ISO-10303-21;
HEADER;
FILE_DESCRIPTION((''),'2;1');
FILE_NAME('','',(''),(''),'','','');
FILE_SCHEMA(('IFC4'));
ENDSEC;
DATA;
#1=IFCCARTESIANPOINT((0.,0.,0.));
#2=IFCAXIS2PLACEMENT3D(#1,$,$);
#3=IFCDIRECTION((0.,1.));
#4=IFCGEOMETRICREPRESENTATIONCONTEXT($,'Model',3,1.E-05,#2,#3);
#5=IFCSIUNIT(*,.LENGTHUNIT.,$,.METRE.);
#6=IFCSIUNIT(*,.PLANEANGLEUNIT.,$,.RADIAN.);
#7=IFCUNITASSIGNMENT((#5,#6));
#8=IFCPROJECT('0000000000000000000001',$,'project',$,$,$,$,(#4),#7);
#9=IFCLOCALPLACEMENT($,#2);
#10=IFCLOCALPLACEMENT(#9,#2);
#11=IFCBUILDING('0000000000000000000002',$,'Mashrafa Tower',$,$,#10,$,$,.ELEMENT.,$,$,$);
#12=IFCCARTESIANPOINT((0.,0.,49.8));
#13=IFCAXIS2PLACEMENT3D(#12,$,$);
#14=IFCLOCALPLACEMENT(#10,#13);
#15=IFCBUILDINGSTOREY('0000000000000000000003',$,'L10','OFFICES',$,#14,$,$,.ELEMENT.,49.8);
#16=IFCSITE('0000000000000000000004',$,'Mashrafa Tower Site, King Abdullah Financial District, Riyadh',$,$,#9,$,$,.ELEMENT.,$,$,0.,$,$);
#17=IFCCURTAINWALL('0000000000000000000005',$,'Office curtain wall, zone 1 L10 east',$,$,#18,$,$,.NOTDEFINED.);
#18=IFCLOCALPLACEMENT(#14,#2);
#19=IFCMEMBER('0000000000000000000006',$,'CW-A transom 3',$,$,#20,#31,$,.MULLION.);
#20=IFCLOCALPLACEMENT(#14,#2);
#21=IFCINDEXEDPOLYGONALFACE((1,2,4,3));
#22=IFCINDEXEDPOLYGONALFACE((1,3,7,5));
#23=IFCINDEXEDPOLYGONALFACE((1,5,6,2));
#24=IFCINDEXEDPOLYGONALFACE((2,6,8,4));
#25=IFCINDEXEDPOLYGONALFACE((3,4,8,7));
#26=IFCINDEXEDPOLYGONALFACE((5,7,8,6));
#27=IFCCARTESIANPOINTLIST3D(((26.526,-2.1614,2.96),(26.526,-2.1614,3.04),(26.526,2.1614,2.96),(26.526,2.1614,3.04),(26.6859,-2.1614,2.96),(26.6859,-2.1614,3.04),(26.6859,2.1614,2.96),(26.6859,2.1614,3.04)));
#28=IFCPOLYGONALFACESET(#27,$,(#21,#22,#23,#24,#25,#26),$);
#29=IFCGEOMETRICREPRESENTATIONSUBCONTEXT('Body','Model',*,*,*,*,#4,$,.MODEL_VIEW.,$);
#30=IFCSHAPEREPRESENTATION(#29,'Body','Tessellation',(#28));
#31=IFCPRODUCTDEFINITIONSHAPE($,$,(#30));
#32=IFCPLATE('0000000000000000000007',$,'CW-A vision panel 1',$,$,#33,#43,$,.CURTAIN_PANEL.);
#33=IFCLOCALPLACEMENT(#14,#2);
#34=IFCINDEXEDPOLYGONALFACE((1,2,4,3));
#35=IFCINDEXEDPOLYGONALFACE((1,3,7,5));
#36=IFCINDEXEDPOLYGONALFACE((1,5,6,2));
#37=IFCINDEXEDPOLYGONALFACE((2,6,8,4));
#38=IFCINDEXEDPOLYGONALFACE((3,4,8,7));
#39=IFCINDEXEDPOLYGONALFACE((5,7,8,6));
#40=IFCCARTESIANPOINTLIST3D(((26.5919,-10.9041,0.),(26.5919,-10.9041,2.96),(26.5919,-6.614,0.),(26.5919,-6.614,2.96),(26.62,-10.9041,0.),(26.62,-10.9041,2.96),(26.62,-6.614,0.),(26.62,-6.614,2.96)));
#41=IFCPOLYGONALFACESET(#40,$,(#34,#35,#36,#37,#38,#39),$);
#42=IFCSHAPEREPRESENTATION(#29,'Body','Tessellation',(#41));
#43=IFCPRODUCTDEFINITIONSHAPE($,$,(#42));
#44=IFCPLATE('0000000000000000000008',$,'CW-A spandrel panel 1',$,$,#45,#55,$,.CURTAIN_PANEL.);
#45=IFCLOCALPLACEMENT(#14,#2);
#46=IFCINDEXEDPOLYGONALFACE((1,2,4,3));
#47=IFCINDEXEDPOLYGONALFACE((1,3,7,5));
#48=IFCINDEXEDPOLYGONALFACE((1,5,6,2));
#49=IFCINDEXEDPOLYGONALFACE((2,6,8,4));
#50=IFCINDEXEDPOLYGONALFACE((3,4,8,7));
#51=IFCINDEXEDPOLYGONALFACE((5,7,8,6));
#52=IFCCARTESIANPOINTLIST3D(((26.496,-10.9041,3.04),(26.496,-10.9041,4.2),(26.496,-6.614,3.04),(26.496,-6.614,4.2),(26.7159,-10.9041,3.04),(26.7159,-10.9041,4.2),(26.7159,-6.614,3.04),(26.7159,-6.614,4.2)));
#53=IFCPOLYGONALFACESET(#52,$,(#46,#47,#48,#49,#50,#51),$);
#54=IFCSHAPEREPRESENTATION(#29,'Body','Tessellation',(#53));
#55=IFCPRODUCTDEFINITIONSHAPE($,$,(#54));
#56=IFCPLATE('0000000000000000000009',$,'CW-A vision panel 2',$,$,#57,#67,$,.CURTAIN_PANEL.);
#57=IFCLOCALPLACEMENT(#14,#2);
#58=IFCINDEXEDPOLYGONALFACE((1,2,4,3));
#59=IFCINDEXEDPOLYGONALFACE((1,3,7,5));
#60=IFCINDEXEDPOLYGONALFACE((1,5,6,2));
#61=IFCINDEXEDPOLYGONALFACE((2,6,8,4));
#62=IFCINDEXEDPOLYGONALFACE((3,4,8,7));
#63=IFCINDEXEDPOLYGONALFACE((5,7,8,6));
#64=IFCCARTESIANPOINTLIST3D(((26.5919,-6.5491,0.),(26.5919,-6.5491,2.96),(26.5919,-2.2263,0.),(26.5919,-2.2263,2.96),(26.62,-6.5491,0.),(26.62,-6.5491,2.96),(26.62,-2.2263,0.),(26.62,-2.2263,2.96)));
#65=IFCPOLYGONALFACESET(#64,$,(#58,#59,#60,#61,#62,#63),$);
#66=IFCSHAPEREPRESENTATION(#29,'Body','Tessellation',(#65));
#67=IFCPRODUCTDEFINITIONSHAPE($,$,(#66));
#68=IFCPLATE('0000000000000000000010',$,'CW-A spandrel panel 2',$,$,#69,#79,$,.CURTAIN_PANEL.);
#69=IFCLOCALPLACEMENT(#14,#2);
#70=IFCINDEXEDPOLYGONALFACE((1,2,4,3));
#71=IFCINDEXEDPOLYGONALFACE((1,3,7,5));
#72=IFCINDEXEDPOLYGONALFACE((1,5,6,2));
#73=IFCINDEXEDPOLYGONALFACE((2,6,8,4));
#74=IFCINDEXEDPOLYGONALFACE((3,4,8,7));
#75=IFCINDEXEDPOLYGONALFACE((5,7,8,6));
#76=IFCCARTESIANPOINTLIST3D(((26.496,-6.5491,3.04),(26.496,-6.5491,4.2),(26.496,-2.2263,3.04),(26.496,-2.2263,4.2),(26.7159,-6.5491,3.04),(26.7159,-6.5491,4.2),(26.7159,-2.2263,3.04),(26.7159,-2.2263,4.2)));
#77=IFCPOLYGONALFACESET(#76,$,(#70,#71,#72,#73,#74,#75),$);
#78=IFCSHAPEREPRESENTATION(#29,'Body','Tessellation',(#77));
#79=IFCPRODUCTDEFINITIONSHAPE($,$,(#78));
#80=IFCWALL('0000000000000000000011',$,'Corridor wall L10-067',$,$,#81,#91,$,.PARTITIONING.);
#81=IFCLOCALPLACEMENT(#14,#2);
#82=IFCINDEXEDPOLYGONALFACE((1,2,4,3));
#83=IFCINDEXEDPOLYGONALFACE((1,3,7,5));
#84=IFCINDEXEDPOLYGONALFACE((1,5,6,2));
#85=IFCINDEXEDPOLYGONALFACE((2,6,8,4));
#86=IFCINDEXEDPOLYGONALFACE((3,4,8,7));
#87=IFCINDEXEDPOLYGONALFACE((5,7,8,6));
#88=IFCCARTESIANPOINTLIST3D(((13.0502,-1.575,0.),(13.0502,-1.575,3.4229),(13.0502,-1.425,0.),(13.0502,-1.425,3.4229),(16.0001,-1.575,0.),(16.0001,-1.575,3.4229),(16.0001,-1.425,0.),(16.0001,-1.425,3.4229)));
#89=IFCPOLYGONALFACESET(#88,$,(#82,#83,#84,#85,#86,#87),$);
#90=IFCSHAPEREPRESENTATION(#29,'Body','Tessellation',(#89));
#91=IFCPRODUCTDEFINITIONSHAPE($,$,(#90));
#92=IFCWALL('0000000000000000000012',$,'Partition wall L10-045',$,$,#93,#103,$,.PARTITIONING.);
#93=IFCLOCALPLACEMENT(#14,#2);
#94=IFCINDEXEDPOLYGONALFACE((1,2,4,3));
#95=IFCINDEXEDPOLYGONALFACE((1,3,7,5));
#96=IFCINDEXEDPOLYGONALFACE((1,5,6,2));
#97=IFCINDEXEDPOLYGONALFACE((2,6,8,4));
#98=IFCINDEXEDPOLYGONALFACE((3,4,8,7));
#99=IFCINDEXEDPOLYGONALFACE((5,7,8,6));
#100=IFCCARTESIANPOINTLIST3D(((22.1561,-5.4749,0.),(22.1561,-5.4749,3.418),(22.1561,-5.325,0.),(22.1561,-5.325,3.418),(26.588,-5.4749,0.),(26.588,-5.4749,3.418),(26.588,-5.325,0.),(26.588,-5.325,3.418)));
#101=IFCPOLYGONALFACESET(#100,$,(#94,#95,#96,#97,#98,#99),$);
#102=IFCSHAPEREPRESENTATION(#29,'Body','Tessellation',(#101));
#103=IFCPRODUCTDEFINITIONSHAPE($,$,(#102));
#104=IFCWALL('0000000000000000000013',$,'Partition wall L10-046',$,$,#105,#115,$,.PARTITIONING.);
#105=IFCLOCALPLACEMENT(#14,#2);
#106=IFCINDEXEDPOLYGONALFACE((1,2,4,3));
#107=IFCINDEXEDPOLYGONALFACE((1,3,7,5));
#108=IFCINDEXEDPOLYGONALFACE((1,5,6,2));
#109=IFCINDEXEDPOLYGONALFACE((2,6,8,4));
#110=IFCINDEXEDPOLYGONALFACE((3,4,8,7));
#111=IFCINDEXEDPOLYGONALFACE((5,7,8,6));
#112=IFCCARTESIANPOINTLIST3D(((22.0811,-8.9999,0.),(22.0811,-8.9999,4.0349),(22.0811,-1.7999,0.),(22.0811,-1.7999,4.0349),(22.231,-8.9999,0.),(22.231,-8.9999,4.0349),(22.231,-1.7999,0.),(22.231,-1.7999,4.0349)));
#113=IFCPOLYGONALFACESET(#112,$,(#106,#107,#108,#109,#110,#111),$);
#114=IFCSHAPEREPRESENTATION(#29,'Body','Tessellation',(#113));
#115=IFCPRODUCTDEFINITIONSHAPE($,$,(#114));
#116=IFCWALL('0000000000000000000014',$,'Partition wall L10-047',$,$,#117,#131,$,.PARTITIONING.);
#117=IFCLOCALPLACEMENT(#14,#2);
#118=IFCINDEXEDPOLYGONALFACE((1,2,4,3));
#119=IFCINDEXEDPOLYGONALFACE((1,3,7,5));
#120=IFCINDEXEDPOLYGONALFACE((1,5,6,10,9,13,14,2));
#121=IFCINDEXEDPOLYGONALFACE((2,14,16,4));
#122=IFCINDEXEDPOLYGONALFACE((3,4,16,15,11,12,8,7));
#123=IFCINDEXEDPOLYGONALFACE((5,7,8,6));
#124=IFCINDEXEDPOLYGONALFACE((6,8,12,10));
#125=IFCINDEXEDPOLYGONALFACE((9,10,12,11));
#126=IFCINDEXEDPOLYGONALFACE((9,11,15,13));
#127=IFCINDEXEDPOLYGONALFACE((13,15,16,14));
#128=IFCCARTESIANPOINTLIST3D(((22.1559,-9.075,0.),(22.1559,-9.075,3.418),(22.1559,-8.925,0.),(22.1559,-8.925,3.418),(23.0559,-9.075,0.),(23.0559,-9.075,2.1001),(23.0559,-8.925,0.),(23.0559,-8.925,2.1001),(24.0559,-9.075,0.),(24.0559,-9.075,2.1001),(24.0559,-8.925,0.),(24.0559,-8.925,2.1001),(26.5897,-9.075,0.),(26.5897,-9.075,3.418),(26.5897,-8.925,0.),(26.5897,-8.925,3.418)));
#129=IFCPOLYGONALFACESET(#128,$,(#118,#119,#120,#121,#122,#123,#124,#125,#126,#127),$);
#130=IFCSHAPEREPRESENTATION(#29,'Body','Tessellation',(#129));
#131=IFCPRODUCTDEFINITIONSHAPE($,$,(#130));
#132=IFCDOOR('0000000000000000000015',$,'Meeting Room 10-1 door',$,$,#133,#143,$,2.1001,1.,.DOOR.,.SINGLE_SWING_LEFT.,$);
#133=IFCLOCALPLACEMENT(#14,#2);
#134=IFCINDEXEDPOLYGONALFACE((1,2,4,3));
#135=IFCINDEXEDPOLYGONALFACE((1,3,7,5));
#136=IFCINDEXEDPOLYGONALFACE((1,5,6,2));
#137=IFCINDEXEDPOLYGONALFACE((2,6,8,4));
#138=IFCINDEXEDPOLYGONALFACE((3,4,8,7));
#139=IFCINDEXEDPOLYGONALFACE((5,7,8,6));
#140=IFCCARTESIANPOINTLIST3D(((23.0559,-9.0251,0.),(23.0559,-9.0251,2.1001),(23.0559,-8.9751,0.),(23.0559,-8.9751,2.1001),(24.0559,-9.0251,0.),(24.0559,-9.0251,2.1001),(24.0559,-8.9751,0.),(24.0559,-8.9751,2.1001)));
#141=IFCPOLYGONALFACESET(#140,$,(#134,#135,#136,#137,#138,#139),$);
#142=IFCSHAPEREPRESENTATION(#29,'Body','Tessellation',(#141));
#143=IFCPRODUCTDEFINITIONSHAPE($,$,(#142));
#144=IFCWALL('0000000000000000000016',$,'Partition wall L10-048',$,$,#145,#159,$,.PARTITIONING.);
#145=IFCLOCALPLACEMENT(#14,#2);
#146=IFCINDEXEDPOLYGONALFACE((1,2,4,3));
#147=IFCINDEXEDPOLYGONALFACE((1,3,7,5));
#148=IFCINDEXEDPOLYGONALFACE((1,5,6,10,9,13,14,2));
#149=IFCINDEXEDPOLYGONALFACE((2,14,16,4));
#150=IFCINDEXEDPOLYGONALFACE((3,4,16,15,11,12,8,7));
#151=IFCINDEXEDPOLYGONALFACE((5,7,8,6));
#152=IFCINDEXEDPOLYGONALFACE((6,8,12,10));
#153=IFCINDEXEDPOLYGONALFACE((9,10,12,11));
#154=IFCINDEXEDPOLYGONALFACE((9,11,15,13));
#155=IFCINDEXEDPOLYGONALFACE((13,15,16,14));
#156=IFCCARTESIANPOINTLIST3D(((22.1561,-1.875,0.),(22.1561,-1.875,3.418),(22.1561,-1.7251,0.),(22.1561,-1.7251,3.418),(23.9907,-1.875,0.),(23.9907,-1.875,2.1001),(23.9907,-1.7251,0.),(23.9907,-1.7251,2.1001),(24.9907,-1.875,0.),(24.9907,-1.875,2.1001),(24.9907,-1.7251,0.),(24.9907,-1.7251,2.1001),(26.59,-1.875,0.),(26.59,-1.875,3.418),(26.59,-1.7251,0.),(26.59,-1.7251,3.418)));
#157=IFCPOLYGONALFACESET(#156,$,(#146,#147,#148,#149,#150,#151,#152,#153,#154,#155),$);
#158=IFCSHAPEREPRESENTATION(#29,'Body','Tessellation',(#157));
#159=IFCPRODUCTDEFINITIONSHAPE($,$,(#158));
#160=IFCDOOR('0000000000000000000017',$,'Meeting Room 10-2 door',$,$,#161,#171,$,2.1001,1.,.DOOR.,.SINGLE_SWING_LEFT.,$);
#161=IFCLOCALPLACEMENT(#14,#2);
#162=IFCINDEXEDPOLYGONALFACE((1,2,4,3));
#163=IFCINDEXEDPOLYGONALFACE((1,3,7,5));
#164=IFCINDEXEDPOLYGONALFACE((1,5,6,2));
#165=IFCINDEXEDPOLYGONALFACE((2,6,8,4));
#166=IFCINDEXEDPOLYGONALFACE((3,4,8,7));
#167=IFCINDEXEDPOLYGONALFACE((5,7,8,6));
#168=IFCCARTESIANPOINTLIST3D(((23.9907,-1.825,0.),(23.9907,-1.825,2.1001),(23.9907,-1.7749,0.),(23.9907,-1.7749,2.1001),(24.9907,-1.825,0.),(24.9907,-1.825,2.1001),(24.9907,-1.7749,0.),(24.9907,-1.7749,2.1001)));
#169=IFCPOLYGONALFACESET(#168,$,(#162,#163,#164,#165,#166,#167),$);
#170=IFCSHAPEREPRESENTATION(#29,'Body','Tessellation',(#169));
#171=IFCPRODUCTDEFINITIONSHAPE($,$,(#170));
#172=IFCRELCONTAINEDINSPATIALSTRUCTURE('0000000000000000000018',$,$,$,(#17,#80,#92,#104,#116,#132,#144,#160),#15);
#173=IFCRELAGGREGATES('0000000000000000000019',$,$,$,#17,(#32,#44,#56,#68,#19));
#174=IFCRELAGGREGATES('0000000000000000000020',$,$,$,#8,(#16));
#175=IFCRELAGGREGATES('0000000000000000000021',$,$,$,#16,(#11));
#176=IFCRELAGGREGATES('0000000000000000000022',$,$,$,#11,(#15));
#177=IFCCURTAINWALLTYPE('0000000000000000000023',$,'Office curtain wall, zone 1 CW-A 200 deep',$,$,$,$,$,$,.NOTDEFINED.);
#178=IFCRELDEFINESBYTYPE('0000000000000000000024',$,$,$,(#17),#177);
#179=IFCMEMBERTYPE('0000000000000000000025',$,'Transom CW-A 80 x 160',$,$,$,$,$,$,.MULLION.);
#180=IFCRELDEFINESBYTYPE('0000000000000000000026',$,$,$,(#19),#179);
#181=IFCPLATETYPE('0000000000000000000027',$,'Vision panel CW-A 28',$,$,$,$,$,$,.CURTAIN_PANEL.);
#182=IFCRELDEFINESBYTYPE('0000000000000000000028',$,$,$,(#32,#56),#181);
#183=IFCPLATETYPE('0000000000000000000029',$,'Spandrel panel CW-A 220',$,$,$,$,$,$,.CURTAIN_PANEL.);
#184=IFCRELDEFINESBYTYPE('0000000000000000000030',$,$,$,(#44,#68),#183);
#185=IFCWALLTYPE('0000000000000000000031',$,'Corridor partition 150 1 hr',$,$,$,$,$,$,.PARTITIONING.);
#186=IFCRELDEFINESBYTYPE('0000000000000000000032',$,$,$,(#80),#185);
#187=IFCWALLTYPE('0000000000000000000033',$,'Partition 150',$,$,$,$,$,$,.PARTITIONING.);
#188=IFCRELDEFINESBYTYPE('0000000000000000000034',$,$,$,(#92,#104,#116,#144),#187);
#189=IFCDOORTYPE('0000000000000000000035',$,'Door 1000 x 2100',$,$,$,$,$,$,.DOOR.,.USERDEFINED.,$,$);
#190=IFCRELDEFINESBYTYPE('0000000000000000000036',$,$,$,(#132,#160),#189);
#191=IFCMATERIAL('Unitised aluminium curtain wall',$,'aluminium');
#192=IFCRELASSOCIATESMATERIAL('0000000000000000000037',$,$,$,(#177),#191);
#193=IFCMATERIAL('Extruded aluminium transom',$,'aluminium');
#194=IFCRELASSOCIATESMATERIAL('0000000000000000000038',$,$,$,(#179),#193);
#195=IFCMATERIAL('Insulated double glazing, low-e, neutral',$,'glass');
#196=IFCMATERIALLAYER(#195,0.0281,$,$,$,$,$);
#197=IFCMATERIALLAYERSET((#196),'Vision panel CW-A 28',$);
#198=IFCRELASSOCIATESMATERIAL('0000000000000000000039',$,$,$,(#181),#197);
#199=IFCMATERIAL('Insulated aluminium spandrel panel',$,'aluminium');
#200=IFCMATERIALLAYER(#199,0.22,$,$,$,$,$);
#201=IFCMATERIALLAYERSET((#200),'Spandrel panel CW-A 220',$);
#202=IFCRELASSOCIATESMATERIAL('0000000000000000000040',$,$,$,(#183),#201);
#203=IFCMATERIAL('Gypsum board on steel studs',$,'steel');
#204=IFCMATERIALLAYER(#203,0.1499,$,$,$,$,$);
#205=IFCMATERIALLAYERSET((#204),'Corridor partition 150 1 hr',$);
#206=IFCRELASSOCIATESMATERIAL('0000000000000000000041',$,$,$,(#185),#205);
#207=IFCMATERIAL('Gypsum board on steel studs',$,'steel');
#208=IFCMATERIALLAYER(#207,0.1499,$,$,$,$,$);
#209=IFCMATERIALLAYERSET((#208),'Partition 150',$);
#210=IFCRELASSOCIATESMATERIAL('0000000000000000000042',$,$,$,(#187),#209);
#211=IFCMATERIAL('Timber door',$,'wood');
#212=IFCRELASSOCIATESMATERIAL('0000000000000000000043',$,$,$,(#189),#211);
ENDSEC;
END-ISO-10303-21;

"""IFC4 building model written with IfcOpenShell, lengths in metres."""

from ifc_helpers import new_model, si_unit, direction, frame, frame_2d, origin, origin_2d, place, context, subcontext, project, spatial, rectangle, extrude, source, transform, mapped, material, layer, layer_set, material_profile, profile_set, type_object, type_shapes, element, fill, aggregate, save


model = new_model("IFC4")

# Units and contexts
model_context = context("Model", 3, precision=1e-05, world=origin(), true_north=direction((0.0, 1.0)))
body_context = subcontext(model_context, "Body", "Model", "MODEL_VIEW")
ifc_project = project(units=[si_unit("LENGTHUNIT", "METRE"), si_unit("PLANEANGLEUNIT", "RADIAN")], contexts=[model_context])

# Site, building, storey
site_placement = place(None, origin())
site = spatial("IfcSite", under=ifc_project, at=site_placement, Name="Mashrafa Tower Site, King Abdullah Financial District, Riyadh", CompositionType="ELEMENT", RefElevation=0.0)
building_placement = place(site_placement, origin())
building = spatial("IfcBuilding", under=site, at=building_placement, Name="Mashrafa Tower", CompositionType="ELEMENT")
storey_placement = place(building_placement, frame((0.0, 0.0, 49.8)))
storey = spatial("IfcBuildingStorey", under=building, at=storey_placement, Name="L10", Description="OFFICES", CompositionType="ELEMENT", Elevation=49.8)

# Curtain wall
ifc_material_1 = material(Name="Unitised aluminium curtain wall", Category="aluminium")
curtain_wall_type = type_object("IfcCurtainWallType", Name="Office curtain wall, zone 1 CW-A 200 deep", PredefinedType="NOTDEFINED", material=ifc_material_1)
curtain_wall_1_placement = place(storey_placement, origin())
curtain_wall_1 = element("IfcCurtainWall", 1, at=curtain_wall_1_placement, inside=storey, type_object=curtain_wall_type, Name="Office curtain wall, zone 1 L10 east", PredefinedType="NOTDEFINED")

# Member
ifc_material_2 = material(Name="Extruded aluminium transom", Category="aluminium")
ifc_material_profile_1 = material_profile(ifc_material_2, rectangle(XDim=0.1599, YDim=0.0801, at=origin_2d()), Name="Transom 80x160")
ifc_profile_set_1 = profile_set([ifc_material_profile_1], Name="Extruded aluminium transom")
member_type_1 = type_object("IfcMemberType", Name="Transom CW-A 80 x 160", PredefinedType="MULLION", material=ifc_profile_set_1)
shared_shape_1 = source(origin(), body_context, "Body", "SweptSolid", [
    extrude(rectangle(XDim=0.1599, YDim=0.0801, at=origin_2d()), origin(), (0.0, 0.0, 1.0), 4.3228),
])
member_1_placement = place(storey_placement, frame((26.606, -2.1614, 3.0), z_axis=(0.0, 1.0, 0.0), x_axis=(-1.0, 0.0, 0.0)))
member_1 = element("IfcMember", 2, at=member_1_placement, type_object=member_type_1, Name="CW-A transom 3", PredefinedType="MULLION", context=body_context, shape_type="MappedRepresentation", body=[
    mapped(shared_shape_1, transform((0.0, 0.0, 0.0))),
])

# Plates
ifc_material_3 = material(Name="Insulated double glazing, low-e, neutral", Category="glass")
ifc_layer_1 = layer(ifc_material_3, 0.0281)
ifc_layer_set_1 = layer_set([ifc_layer_1], Name="Vision panel CW-A 28")
plate_type_1 = type_object("IfcPlateType", Name="Vision panel CW-A 28", PredefinedType="CURTAIN_PANEL", material=ifc_layer_set_1)
shared_shape_2 = source(origin(), body_context, "Body", "SweptSolid", [
    extrude(rectangle(XDim=4.29, YDim=0.0281, at=origin_2d()), origin(), (0.0, 0.0, 1.0), 2.96),
])
plate_1_placement = place(storey_placement, frame((26.606, -8.759, 0.0), z_axis=(0.0, 0.0, 1.0), x_axis=(0.0, 1.0, 0.0)))
plate_1 = element("IfcPlate", 3, at=plate_1_placement, type_object=plate_type_1, Name="CW-A vision panel 1", PredefinedType="CURTAIN_PANEL", context=body_context, shape_type="MappedRepresentation", body=[
    mapped(shared_shape_2, transform((0.0, 0.0, 0.0))),
])
ifc_material_4 = material(Name="Insulated aluminium spandrel panel", Category="aluminium")
ifc_layer_2 = layer(ifc_material_4, 0.22)
ifc_layer_set_2 = layer_set([ifc_layer_2], Name="Spandrel panel CW-A 220")
plate_type_2 = type_object("IfcPlateType", Name="Spandrel panel CW-A 220", PredefinedType="CURTAIN_PANEL", material=ifc_layer_set_2)
shared_shape_3 = source(origin(), body_context, "Body", "SweptSolid", [
    extrude(rectangle(XDim=4.29, YDim=0.22, at=origin_2d()), origin(), (0.0, 0.0, 1.0), 1.1599),
])
plate_2_placement = place(storey_placement, frame((26.606, -8.759, 3.04), z_axis=(0.0, 0.0, 1.0), x_axis=(0.0, 1.0, 0.0)))
plate_2 = element("IfcPlate", 4, at=plate_2_placement, type_object=plate_type_2, Name="CW-A spandrel panel 1", PredefinedType="CURTAIN_PANEL", context=body_context, shape_type="MappedRepresentation", body=[
    mapped(shared_shape_3, transform((0.0, 0.0, 0.0))),
])
shared_shape_4 = source(origin(), body_context, "Body", "SweptSolid", [
    extrude(rectangle(XDim=4.3228, YDim=0.0281, at=origin_2d()), origin(), (0.0, 0.0, 1.0), 2.96),
])
type_shapes(plate_type_1, [shared_shape_2, shared_shape_4])
plate_3_placement = place(storey_placement, frame((26.606, -4.3877, 0.0), z_axis=(0.0, 0.0, 1.0), x_axis=(0.0, 1.0, 0.0)))
plate_3 = element("IfcPlate", 5, at=plate_3_placement, type_object=plate_type_1, Name="CW-A vision panel 2", PredefinedType="CURTAIN_PANEL", context=body_context, shape_type="MappedRepresentation", body=[
    mapped(shared_shape_4, transform((0.0, 0.0, 0.0))),
])
shared_shape_5 = source(origin(), body_context, "Body", "SweptSolid", [
    extrude(rectangle(XDim=4.3228, YDim=0.22, at=origin_2d()), origin(), (0.0, 0.0, 1.0), 1.1599),
])
type_shapes(plate_type_2, [shared_shape_3, shared_shape_5])
plate_4_placement = place(storey_placement, frame((26.606, -4.3877, 3.04), z_axis=(0.0, 0.0, 1.0), x_axis=(0.0, 1.0, 0.0)))
plate_4 = element("IfcPlate", 6, at=plate_4_placement, type_object=plate_type_2, Name="CW-A spandrel panel 2", PredefinedType="CURTAIN_PANEL", context=body_context, shape_type="MappedRepresentation", body=[
    mapped(shared_shape_5, transform((0.0, 0.0, 0.0))),
])
aggregate(curtain_wall_1, [plate_1, plate_2, plate_3, plate_4, member_1])

# Shared definitions
ifc_material_5 = material(Name="Gypsum board on steel studs", Category="steel")
ifc_layer_3 = layer(ifc_material_5, 0.1499)
ifc_layer_set_3 = layer_set([ifc_layer_3], Name="Corridor partition 150 1 hr")
wall_type_1 = type_object("IfcWallType", Name="Corridor partition 150 1 hr", PredefinedType="PARTITIONING", material=ifc_layer_set_3)

# Wall
wall_1_placement = place(storey_placement, frame((13.05, -1.5, 0.0), z_axis=(0.0, 0.0, 1.0), x_axis=(1.0, 0.0, 0.0)))
element("IfcWall", 7, at=wall_1_placement, inside=storey, type_object=wall_type_1, Name="Corridor wall L10-067", PredefinedType="PARTITIONING", context=body_context, shape_type="SweptSolid", body=[
    extrude(rectangle(XDim=2.95, YDim=0.1499, at=frame_2d((1.4751, 0.0))), origin(), (0.0, 0.0, 1.0), 3.4229),
])

# Walls
ifc_material_6 = material(Name="Gypsum board on steel studs", Category="steel")
ifc_layer_4 = layer(ifc_material_6, 0.1499)
ifc_layer_set_4 = layer_set([ifc_layer_4], Name="Partition 150")
wall_type_2 = type_object("IfcWallType", Name="Partition 150", PredefinedType="PARTITIONING", material=ifc_layer_set_4)
wall_2_placement = place(storey_placement, frame((26.5879, -5.3999, 0.0), z_axis=(0.0, 0.0, 1.0), x_axis=(-1.0, 0.0, 0.0)))
element("IfcWall", 8, at=wall_2_placement, inside=storey, type_object=wall_type_2, Name="Partition wall L10-045", PredefinedType="PARTITIONING", context=body_context, shape_type="SweptSolid", body=[
    extrude(rectangle(XDim=4.4319, YDim=0.1499, at=frame_2d((2.2158, 0.0))), origin(), (0.0, 0.0, 1.0), 3.418),
])
wall_3_placement = place(storey_placement, frame((22.156, -9.0, 0.0), z_axis=(0.0, 0.0, 1.0), x_axis=(0.0, 1.0, 0.0)))
element("IfcWall", 9, at=wall_3_placement, inside=storey, type_object=wall_type_2, Name="Partition wall L10-046", PredefinedType="PARTITIONING", context=body_context, shape_type="SweptSolid", body=[
    extrude(rectangle(XDim=7.2, YDim=0.1499, at=frame_2d((3.6001, 0.0))), origin(), (0.0, 0.0, 1.0), 4.0349),
])

# Walls, openings, doors
wall_4_placement = place(storey_placement, frame((22.156, -9.0, 0.0), z_axis=(0.0, 0.0, 1.0), x_axis=(1.0, 0.0, 0.0)))
wall_4 = element("IfcWall", 10, at=wall_4_placement, inside=storey, type_object=wall_type_2, Name="Partition wall L10-047", PredefinedType="PARTITIONING", context=body_context, shape_type="SweptSolid", body=[
    extrude(rectangle(XDim=4.4338, YDim=0.1499, at=frame_2d((2.2168, 0.0))), origin(), (0.0, 0.0, 1.0), 3.418),
])
opening_1_placement = place(wall_4_placement, frame((0.8999, 0.0, 0.0)))
opening_1 = element("IfcOpeningElement", 11, at=opening_1_placement, cuts=wall_4, PredefinedType="OPENING", context=body_context, shape_type="SweptSolid", body=[
    extrude(rectangle(XDim=1.0, YDim=2.1001, at=frame_2d((0.5, 1.05))), frame((0.0, 0.085, 0.0), z_axis=(0.0, -1.0, 0.0), x_axis=(1.0, 0.0, 0.0)), (0.0, 0.0, 1.0), 0.1699),
])
ifc_material_7 = material(Name="Timber door", Category="wood")
door_type_1 = type_object("IfcDoorType", Name="Door 1000 x 2100", OperationType="USERDEFINED", PredefinedType="DOOR", material=ifc_material_7)
door_1_placement = place(opening_1_placement, origin())
door_1 = element("IfcDoor", 12, at=door_1_placement, inside=storey, type_object=door_type_1, Name="Meeting Room 10-1 door", OperationType="SINGLE_SWING_LEFT", OverallHeight=2.1001, OverallWidth=1.0, PredefinedType="DOOR", context=body_context, shape_type="SweptSolid", body=[
    extrude(rectangle(XDim=1.0, YDim=2.1001, at=frame_2d((0.5, 1.05))), frame((0.0, 0.0249, 0.0), z_axis=(0.0, -1.0, 0.0), x_axis=(1.0, 0.0, 0.0)), (0.0, 0.0, 1.0), 0.05),
])
fill(opening_1, door_1)
wall_5_placement = place(storey_placement, frame((26.5898, -1.8, 0.0), z_axis=(0.0, 0.0, 1.0), x_axis=(-1.0, 0.0, 0.0)))
wall_5 = element("IfcWall", 13, at=wall_5_placement, inside=storey, type_object=wall_type_2, Name="Partition wall L10-048", PredefinedType="PARTITIONING", context=body_context, shape_type="SweptSolid", body=[
    extrude(rectangle(XDim=4.4338, YDim=0.1499, at=frame_2d((2.2168, 0.0))), origin(), (0.0, 0.0, 1.0), 3.418),
])
opening_2_placement = place(wall_5_placement, frame((1.5991, 0.0, 0.0)))
opening_2 = element("IfcOpeningElement", 14, at=opening_2_placement, cuts=wall_5, PredefinedType="OPENING", context=body_context, shape_type="SweptSolid", body=[
    extrude(rectangle(XDim=1.0, YDim=2.1001, at=frame_2d((0.5, 1.05))), frame((0.0, 0.085, 0.0), z_axis=(0.0, -1.0, 0.0), x_axis=(1.0, 0.0, 0.0)), (0.0, 0.0, 1.0), 0.1699),
])
door_2_placement = place(opening_2_placement, origin())
door_2 = element("IfcDoor", 15, at=door_2_placement, inside=storey, type_object=door_type_1, Name="Meeting Room 10-2 door", OperationType="SINGLE_SWING_LEFT", OverallHeight=2.1001, OverallWidth=1.0, PredefinedType="DOOR", context=body_context, shape_type="SweptSolid", body=[
    extrude(rectangle(XDim=1.0, YDim=2.1001, at=frame_2d((0.5, 1.05))), frame((0.0, 0.0249, 0.0), z_axis=(0.0, -1.0, 0.0), x_axis=(1.0, 0.0, 0.0)), (0.0, 0.0, 1.0), 0.05),
])
fill(opening_2, door_2)

save(model, "model.ifc")
